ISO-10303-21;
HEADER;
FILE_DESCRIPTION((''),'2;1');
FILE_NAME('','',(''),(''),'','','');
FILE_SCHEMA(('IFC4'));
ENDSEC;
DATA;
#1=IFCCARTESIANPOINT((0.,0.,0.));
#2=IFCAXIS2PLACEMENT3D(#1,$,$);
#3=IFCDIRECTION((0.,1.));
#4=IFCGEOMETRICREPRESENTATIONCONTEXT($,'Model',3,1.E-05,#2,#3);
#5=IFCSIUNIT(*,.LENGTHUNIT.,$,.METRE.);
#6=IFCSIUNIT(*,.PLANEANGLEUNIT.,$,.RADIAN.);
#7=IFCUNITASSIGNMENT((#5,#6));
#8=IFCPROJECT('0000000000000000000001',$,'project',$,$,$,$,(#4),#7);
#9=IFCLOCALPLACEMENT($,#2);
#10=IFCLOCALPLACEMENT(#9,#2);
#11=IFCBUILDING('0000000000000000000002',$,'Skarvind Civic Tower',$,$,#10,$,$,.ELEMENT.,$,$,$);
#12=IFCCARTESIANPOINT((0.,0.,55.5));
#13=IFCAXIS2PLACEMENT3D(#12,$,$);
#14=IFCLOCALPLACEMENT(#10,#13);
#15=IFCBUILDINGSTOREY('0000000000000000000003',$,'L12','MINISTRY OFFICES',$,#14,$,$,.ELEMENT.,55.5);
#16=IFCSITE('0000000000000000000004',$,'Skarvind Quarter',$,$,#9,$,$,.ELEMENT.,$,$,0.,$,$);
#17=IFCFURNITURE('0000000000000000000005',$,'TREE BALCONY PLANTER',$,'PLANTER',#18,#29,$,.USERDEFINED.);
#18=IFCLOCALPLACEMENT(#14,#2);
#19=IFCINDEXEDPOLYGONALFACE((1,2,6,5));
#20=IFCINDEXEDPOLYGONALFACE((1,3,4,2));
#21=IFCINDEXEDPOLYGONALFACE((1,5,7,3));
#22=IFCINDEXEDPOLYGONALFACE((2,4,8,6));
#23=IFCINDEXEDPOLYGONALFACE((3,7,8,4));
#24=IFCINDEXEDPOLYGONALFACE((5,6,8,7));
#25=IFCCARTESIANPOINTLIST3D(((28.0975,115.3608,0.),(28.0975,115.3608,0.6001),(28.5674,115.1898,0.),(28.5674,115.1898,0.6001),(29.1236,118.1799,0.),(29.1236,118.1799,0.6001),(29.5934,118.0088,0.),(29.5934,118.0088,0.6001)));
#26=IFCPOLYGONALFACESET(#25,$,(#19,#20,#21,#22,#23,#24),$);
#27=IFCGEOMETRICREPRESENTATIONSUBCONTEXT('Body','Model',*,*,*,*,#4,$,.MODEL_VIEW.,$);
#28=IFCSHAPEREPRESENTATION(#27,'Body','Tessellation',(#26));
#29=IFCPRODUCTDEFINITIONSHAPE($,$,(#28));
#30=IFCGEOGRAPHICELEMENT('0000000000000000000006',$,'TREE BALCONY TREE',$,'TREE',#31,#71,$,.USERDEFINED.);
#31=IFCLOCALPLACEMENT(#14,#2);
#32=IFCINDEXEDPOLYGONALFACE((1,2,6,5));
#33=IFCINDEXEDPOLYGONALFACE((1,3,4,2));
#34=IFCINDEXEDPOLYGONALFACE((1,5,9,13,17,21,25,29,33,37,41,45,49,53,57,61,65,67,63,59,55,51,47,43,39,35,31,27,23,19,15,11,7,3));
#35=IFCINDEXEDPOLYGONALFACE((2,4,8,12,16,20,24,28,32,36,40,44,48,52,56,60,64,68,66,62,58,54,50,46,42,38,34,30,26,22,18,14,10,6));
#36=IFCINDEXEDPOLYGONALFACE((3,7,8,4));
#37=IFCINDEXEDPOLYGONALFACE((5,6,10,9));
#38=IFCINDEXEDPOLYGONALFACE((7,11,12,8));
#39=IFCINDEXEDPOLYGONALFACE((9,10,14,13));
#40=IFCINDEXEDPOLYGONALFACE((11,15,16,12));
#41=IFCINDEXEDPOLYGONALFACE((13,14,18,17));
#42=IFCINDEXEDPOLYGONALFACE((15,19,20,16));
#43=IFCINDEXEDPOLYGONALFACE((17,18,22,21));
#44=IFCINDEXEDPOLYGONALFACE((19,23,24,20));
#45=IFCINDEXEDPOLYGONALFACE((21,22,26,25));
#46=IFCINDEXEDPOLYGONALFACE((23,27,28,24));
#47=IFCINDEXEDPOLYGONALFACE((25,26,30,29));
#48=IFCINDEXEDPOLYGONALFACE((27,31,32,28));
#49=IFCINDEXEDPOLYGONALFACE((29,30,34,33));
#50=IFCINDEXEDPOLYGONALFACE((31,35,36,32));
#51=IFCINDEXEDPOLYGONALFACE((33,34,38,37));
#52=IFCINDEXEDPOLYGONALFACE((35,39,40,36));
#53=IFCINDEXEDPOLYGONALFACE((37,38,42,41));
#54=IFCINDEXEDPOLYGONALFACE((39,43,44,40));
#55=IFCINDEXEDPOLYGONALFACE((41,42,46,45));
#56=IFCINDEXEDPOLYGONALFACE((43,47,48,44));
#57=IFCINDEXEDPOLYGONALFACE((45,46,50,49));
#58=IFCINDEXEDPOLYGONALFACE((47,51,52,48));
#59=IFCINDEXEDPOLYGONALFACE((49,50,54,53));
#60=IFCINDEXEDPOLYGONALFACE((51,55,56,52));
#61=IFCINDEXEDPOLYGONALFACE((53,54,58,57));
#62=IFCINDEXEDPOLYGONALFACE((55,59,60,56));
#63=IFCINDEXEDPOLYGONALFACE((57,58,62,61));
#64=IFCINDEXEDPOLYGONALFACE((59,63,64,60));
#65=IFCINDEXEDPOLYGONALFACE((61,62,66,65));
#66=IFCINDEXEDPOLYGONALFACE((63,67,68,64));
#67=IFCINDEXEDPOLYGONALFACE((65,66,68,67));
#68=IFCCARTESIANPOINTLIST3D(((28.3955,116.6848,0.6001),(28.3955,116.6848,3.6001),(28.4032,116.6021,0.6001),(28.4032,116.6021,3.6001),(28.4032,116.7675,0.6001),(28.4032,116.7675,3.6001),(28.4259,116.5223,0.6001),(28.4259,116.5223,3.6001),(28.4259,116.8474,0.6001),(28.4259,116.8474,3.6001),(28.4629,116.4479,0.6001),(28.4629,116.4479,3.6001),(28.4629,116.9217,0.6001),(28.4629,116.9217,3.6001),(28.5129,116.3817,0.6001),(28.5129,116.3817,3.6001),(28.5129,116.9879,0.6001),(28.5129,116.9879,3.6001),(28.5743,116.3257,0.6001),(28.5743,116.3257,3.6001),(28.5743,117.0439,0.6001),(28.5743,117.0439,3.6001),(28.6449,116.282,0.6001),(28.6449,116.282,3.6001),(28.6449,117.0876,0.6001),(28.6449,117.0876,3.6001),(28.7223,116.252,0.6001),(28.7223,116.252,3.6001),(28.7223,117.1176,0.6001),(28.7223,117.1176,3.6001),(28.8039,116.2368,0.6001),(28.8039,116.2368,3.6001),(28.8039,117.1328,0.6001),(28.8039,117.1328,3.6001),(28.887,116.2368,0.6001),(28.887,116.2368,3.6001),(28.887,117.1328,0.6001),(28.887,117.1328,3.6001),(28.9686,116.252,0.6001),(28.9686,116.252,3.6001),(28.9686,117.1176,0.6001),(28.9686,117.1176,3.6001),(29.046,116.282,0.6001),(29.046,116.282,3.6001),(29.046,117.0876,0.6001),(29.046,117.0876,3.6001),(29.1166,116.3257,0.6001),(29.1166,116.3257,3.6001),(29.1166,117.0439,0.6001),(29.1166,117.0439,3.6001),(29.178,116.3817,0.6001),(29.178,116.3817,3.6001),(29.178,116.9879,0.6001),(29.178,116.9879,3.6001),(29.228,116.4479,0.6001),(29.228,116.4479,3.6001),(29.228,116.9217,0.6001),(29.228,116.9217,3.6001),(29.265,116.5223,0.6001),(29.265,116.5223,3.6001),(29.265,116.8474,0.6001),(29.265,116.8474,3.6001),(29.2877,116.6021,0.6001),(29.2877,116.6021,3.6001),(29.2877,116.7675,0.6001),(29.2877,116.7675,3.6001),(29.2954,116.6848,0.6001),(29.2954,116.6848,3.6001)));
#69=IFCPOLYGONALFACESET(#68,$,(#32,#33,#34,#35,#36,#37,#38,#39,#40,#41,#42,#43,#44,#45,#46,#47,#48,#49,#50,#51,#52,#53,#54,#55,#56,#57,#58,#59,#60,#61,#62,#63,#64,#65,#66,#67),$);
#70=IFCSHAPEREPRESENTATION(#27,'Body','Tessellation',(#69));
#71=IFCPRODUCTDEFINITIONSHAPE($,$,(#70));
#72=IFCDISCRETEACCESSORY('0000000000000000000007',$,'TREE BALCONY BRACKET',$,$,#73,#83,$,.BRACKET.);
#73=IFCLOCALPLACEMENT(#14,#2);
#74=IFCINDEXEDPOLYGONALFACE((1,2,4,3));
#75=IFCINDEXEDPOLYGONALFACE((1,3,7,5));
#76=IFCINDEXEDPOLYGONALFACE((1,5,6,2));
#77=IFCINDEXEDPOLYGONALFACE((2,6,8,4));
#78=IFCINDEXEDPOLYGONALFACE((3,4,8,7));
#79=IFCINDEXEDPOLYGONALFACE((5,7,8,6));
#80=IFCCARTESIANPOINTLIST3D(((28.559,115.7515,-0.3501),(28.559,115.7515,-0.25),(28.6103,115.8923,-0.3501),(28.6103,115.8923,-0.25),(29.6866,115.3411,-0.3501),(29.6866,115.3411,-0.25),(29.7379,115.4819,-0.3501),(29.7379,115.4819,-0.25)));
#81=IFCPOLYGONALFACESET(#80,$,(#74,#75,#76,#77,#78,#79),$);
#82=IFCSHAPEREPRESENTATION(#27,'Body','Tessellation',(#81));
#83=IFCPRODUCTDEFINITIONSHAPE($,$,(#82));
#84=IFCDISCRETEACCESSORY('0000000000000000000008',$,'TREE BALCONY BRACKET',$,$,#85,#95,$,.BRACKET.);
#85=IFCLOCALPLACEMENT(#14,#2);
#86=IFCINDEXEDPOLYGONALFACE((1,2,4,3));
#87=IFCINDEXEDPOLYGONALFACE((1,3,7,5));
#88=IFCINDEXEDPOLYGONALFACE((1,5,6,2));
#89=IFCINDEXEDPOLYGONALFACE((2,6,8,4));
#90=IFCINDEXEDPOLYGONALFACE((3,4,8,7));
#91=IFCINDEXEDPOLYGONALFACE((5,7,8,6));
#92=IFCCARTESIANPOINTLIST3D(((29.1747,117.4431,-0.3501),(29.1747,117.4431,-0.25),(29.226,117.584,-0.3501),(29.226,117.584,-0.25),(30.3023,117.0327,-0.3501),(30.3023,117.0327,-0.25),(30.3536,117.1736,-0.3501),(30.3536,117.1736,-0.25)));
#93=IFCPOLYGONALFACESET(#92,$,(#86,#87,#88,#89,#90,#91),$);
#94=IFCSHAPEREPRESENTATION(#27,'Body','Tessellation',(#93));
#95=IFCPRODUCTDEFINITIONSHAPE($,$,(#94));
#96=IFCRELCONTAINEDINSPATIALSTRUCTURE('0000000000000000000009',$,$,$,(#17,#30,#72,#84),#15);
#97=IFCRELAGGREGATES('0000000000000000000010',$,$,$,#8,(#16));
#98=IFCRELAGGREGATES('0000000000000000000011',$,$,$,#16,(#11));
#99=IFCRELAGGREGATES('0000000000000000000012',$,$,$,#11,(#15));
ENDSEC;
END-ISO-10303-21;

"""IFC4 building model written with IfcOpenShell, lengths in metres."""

from ifc_helpers import new_model, si_unit, direction, frame, origin, origin_2d, place, context, subcontext, project, spatial, rectangle, circle, extrude, element, save


model = new_model("IFC4")

# Units and contexts
model_context = context("Model", 3, precision=1e-05, world=origin(), true_north=direction((0.0, 1.0)))
body_context = subcontext(model_context, "Body", "Model", "MODEL_VIEW")
ifc_project = project(units=[si_unit("LENGTHUNIT", "METRE"), si_unit("PLANEANGLEUNIT", "RADIAN")], contexts=[model_context])

# Site, building, storey
site_placement = place(None, origin())
site = spatial("IfcSite", under=ifc_project, at=site_placement, Name="Skarvind Quarter", CompositionType="ELEMENT", RefElevation=0.0)
building_placement = place(site_placement, origin())
building = spatial("IfcBuilding", under=site, at=building_placement, Name="Skarvind Civic Tower", CompositionType="ELEMENT")
storey_placement = place(building_placement, frame((0.0, 0.0, 55.5)))
storey = spatial("IfcBuildingStorey", under=building, at=storey_placement, Name="L12", Description="MINISTRY OFFICES", CompositionType="ELEMENT", Elevation=55.5)

# Furniture
furniture_placement = place(storey_placement, frame((28.8455, 116.6848, 0.0), z_axis=(0.0, 0.0, 1.0), x_axis=(0.34202, 0.939693, 0.0)))
element("IfcFurniture", 1, at=furniture_placement, inside=storey, Name="TREE BALCONY PLANTER", ObjectType="PLANTER", PredefinedType="USERDEFINED", context=body_context, shape_type="SweptSolid", body=[
    extrude(rectangle(XDim=3.0, YDim=0.5, at=origin_2d()), origin(), (0.0, 0.0, 1.0), 0.6001),
])

# Geographic element
geographic_element_placement = place(storey_placement, frame((28.8455, 116.6848, 0.6001), z_axis=(0.0, 0.0, 1.0), x_axis=(1.0, 0.0, 0.0)))
element("IfcGeographicElement", 2, at=geographic_element_placement, inside=storey, Name="TREE BALCONY TREE", ObjectType="TREE", PredefinedType="USERDEFINED", context=body_context, shape_type="SweptSolid", body=[
    extrude(circle(Radius=0.45, at=origin_2d()), origin(), (0.0, 0.0, 1.0), 3.0),
])

# Discrete accessories
for number, where, z_axis, x_axis, name in (
    (3, (29.1484, 115.6167, -0.3501), (0.0, 0.0, 1.0), (0.34202, 0.939693, 0.0), "TREE BALCONY BRACKET"),
    (4, (29.7642, 117.3083, -0.3501), (0.0, 0.0, 1.0), (0.34202, 0.939693, 0.0), "TREE BALCONY BRACKET"),
):
    element("IfcDiscreteAccessory", number, at=place(storey_placement, frame(where, z_axis=z_axis, x_axis=x_axis)), inside=storey, Name=name, PredefinedType="BRACKET", context=body_context, shape_type="SweptSolid", body=[
        extrude(rectangle(XDim=0.1499, YDim=1.2, at=origin_2d()), origin(), (0.0, 0.0, 1.0), 0.1001),
    ])

save(model, "model.ifc")
